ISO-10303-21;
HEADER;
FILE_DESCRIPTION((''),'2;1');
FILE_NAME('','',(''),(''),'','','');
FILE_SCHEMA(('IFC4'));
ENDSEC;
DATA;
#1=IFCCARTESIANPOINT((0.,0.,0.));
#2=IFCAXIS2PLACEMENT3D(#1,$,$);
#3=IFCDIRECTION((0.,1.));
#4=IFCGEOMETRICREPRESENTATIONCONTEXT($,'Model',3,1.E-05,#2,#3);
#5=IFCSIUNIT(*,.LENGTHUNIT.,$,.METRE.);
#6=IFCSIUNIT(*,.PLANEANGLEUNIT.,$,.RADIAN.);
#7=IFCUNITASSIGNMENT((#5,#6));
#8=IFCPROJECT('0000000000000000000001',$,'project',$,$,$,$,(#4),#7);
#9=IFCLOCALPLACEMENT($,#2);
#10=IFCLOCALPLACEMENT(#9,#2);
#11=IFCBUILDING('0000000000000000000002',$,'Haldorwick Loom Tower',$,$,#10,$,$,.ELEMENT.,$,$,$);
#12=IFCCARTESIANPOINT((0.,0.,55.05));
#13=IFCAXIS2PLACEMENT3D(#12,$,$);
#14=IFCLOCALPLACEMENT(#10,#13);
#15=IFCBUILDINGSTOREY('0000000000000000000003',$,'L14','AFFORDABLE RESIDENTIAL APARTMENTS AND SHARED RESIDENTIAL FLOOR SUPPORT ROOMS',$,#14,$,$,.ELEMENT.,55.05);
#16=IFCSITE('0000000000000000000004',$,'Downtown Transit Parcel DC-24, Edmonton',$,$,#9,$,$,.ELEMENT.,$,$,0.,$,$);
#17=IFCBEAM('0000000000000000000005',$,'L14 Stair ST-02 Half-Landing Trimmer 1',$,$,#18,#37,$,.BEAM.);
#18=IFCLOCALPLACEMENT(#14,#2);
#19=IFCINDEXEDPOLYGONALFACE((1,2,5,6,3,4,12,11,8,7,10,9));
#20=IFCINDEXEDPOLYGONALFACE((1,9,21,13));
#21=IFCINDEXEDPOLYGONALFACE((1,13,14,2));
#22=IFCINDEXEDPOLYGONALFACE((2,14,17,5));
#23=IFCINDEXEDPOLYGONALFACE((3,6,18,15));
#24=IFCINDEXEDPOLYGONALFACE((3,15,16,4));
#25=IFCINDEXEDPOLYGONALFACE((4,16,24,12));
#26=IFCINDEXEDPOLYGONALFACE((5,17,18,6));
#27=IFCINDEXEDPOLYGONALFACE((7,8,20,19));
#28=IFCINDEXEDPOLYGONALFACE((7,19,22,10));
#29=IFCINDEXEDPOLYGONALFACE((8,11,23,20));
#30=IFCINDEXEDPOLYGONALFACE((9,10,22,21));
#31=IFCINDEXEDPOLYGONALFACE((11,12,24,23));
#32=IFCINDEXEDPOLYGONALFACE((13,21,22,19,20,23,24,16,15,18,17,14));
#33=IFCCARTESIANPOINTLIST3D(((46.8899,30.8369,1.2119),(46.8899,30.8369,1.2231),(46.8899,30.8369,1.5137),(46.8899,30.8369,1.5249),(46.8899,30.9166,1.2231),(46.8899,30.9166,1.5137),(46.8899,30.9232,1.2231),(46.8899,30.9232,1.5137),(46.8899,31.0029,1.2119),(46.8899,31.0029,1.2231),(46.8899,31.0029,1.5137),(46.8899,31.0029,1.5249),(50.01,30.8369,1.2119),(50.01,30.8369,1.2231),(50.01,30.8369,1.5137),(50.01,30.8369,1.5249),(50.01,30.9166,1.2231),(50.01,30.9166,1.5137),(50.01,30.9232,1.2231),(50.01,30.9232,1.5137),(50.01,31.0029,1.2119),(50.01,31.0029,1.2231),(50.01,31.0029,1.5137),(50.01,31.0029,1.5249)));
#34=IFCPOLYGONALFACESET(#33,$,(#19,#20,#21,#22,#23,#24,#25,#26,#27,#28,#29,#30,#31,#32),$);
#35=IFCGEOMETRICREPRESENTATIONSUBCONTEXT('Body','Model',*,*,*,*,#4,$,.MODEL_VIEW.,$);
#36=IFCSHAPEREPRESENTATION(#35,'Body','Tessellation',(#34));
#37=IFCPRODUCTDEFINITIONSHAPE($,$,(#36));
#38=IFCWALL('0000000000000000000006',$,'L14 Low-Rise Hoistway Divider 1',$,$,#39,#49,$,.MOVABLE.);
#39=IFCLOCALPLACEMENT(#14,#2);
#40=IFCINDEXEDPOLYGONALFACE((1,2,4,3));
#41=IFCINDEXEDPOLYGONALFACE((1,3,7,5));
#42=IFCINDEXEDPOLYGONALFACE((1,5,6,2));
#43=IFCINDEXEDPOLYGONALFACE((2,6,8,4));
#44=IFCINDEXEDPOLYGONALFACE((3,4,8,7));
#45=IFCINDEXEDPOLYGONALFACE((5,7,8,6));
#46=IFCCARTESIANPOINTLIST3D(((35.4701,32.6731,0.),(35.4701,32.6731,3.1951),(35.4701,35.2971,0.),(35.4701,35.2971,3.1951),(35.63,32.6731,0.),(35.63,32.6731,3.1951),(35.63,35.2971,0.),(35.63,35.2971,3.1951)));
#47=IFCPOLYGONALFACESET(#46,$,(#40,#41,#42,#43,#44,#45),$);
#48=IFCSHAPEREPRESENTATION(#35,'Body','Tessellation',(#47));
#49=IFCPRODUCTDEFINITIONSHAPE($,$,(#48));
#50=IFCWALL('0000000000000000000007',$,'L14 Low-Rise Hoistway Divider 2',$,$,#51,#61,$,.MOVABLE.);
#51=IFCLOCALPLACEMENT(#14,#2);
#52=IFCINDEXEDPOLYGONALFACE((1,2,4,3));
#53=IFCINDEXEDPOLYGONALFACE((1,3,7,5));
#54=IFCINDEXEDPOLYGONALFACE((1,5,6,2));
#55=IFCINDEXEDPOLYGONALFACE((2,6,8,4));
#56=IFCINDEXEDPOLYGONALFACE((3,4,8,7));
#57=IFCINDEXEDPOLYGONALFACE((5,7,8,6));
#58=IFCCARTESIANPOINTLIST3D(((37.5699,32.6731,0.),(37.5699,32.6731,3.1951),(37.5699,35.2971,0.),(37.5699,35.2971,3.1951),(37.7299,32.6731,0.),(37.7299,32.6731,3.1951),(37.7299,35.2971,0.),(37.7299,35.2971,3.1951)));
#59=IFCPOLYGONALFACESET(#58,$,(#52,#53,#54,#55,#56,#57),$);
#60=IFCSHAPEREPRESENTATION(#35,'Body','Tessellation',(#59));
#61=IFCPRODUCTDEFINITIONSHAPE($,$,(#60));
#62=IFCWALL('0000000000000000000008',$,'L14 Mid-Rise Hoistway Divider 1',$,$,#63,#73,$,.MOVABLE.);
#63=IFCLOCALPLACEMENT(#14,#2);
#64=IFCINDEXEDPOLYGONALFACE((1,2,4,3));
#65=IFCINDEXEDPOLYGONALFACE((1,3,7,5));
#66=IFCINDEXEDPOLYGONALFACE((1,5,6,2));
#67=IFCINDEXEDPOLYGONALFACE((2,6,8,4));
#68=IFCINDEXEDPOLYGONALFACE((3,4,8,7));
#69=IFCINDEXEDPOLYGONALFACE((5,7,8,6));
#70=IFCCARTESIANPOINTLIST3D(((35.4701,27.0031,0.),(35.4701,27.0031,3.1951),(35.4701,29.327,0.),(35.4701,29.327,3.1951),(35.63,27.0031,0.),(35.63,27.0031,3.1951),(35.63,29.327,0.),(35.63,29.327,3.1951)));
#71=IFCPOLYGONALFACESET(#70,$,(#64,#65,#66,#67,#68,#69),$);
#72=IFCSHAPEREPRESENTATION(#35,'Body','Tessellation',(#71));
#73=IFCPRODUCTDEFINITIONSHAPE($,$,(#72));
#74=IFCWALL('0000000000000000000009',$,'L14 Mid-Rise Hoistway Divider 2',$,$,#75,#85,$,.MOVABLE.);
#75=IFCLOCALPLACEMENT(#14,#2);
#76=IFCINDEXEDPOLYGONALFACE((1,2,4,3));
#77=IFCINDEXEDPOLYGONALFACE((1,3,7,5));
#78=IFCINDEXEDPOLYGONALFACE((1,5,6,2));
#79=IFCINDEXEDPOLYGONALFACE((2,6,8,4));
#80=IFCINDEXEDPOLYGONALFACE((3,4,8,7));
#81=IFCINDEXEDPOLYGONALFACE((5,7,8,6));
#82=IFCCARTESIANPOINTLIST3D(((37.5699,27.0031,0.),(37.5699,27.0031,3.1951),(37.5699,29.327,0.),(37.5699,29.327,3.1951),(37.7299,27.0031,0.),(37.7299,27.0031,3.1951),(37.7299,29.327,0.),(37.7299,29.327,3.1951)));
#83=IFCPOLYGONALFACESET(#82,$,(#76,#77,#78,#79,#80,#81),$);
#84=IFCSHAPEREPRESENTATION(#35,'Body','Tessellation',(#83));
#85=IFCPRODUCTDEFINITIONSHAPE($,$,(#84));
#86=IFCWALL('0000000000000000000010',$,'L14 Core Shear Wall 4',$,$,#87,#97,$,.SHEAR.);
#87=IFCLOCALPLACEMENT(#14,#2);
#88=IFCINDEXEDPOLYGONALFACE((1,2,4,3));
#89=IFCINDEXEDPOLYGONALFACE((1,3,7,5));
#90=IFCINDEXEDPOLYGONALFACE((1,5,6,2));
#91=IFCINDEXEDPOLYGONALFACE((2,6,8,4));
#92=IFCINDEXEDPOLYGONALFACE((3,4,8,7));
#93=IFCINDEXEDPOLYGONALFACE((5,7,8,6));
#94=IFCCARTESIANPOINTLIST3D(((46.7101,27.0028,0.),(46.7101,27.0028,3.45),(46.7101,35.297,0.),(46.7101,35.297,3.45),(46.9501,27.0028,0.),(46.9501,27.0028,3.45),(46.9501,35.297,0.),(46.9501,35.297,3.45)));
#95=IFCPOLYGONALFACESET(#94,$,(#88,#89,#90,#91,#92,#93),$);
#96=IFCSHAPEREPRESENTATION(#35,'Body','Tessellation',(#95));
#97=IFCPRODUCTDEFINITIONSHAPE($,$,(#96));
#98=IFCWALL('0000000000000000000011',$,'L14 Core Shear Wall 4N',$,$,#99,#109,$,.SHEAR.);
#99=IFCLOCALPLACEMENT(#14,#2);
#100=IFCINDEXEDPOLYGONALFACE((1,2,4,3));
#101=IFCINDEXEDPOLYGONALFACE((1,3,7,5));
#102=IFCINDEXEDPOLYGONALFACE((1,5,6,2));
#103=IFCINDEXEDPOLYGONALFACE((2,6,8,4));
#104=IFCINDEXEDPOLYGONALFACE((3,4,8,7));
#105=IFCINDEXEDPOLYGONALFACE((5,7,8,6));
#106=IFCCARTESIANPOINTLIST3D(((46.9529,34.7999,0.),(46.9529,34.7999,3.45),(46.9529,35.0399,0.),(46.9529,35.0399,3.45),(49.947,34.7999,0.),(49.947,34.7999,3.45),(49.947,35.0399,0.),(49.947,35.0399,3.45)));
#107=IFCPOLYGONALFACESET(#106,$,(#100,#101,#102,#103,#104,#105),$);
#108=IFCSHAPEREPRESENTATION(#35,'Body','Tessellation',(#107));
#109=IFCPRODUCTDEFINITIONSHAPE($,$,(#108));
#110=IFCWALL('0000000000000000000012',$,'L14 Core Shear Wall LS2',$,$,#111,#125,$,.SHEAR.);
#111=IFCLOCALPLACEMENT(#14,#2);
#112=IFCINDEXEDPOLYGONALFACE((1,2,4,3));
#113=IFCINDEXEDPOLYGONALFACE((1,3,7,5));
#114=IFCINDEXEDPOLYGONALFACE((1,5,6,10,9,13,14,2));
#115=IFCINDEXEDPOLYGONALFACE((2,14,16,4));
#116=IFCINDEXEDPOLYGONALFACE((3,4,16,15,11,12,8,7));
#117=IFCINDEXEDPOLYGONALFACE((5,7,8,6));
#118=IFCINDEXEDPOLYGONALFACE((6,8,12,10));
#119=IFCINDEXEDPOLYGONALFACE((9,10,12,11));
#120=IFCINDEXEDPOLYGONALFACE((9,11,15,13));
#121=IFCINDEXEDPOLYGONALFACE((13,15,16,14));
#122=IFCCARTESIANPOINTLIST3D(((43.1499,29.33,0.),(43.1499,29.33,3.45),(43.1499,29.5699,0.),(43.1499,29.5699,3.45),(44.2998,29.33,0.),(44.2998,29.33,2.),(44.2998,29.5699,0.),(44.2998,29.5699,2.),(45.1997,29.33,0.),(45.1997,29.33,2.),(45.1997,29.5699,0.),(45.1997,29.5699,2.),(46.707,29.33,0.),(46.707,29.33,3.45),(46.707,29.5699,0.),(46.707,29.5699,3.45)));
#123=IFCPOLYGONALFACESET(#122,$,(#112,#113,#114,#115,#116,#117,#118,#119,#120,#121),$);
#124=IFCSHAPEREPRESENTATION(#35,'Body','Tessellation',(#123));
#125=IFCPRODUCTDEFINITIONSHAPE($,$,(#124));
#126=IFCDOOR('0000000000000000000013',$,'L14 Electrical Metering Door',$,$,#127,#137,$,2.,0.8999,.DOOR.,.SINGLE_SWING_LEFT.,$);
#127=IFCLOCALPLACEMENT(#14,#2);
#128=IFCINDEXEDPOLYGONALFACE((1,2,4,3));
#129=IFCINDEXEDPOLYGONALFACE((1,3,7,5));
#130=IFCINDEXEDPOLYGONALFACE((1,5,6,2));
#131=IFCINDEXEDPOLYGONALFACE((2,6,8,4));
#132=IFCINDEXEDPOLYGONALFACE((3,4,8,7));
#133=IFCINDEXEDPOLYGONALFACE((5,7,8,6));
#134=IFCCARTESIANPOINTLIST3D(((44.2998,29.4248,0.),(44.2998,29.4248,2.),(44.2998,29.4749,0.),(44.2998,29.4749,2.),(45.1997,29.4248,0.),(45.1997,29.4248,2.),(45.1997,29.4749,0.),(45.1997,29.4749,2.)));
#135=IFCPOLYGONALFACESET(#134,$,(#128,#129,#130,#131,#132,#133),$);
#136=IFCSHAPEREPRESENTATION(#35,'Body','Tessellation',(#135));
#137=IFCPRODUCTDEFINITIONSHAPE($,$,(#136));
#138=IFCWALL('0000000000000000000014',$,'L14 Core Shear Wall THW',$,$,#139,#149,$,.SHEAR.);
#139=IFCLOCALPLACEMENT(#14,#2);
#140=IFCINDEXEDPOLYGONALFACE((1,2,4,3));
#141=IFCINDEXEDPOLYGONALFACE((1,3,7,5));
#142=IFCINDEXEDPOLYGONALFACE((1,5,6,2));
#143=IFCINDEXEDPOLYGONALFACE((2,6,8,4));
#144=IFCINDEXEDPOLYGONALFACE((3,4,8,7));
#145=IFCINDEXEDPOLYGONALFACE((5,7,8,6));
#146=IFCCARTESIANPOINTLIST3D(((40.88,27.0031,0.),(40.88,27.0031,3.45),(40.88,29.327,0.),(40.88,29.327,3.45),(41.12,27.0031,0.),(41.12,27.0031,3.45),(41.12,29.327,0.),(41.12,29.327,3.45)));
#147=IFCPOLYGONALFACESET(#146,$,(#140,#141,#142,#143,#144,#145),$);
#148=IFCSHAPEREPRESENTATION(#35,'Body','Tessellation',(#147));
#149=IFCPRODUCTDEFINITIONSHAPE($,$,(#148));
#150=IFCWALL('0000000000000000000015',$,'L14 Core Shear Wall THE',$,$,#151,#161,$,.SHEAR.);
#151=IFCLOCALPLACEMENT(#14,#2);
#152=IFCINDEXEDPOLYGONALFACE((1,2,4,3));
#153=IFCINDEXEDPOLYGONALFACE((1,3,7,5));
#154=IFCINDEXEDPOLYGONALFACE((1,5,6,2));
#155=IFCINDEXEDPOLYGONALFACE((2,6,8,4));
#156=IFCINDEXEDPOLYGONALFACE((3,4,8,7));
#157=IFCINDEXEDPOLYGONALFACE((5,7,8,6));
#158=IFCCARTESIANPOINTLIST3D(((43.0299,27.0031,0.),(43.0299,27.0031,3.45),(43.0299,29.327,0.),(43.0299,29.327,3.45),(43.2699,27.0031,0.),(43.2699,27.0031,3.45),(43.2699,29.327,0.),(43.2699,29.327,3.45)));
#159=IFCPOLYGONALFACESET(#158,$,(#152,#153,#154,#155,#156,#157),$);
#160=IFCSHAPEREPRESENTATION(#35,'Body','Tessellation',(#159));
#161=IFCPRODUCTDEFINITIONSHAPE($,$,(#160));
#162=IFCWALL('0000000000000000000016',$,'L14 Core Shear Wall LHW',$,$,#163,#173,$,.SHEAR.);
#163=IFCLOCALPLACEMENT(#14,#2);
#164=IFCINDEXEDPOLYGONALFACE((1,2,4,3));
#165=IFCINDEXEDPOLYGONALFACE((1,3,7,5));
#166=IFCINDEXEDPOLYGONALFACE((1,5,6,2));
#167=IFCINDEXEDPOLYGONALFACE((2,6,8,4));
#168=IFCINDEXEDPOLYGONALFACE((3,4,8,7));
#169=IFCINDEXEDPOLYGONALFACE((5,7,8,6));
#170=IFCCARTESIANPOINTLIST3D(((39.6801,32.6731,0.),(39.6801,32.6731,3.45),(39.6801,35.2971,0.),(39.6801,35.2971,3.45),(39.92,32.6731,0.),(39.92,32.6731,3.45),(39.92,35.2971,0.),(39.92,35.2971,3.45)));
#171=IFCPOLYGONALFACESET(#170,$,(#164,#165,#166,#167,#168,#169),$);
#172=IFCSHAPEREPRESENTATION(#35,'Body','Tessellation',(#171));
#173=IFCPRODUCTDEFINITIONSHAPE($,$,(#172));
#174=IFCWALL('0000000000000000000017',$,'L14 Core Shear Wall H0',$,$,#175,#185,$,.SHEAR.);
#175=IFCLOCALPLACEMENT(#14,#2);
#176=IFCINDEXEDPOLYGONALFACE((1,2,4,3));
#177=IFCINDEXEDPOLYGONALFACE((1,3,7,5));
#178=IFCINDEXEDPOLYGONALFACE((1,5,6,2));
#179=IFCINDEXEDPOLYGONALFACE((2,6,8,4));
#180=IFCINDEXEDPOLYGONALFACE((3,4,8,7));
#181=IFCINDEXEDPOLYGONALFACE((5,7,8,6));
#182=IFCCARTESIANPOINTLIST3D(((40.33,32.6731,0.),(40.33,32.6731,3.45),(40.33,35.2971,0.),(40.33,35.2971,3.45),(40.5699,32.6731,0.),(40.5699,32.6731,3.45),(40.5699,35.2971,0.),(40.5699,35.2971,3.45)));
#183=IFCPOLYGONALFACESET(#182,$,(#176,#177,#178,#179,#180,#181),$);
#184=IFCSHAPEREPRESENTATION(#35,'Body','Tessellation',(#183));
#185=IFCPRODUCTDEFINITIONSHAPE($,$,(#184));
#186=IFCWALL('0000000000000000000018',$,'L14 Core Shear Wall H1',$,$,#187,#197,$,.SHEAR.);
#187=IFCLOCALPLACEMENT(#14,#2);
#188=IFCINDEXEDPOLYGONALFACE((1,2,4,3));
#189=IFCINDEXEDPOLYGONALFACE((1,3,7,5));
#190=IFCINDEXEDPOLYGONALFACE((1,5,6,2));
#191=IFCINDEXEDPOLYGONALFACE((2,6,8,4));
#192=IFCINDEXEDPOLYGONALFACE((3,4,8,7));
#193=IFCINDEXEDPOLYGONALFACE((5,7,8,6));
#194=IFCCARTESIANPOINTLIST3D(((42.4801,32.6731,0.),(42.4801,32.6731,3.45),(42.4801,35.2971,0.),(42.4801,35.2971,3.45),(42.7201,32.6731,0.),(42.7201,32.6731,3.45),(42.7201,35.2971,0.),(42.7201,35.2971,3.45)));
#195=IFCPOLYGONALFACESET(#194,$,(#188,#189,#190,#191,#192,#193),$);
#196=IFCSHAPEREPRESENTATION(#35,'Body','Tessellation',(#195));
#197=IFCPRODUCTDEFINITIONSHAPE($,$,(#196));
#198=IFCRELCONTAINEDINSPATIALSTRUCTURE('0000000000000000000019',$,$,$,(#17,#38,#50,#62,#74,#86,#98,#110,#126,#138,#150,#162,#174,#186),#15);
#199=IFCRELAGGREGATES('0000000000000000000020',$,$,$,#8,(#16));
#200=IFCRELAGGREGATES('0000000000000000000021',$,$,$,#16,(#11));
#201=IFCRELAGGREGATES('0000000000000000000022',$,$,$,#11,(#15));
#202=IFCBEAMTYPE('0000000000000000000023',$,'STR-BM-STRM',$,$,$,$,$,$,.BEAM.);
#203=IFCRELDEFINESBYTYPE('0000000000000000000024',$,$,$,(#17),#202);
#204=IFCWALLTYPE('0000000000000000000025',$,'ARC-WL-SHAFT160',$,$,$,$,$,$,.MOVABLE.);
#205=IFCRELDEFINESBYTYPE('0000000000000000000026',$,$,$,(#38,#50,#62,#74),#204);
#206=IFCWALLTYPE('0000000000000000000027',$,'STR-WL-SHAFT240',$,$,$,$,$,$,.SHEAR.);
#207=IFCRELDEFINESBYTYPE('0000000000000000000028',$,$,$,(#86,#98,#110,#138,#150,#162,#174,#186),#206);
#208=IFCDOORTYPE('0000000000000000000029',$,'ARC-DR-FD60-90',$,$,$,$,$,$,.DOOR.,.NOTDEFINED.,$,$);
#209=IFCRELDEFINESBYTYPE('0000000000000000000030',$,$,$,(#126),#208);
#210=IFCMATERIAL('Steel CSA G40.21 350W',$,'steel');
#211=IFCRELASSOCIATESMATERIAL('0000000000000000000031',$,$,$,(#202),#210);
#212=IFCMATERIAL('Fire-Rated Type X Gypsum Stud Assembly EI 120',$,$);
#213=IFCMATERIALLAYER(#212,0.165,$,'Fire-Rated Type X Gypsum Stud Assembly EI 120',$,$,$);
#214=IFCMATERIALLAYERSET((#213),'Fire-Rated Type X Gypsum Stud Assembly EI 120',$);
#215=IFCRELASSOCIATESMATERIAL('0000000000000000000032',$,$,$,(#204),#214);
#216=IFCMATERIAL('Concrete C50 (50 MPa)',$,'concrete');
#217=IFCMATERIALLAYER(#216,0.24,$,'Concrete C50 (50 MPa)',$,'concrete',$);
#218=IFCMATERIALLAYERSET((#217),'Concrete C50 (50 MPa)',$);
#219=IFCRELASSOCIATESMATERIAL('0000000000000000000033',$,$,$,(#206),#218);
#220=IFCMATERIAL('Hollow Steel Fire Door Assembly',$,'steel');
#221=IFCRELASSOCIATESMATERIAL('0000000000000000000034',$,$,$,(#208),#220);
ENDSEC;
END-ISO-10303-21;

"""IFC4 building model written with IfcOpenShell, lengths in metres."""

from ifc_helpers import new_model, si_unit, direction, frame, frame_2d, origin, origin_2d, place, context, subcontext, project, spatial, rectangle, i_section, extrude, material, layer, layer_set, material_profile, profile_set, type_object, element, fill, save


model = new_model("IFC4")

# Units and contexts
model_context = context("Model", 3, precision=1e-05, world=origin(), true_north=direction((0.0, 1.0)))
body_context = subcontext(model_context, "Body", "Model", "MODEL_VIEW")
ifc_project = project(units=[si_unit("LENGTHUNIT", "METRE"), si_unit("PLANEANGLEUNIT", "RADIAN")], contexts=[model_context])

# Site, building, storey
site_placement = place(None, origin())
site = spatial("IfcSite", under=ifc_project, at=site_placement, Name="Downtown Transit Parcel DC-24, Edmonton", CompositionType="ELEMENT", RefElevation=0.0)
building_placement = place(site_placement, origin())
building = spatial("IfcBuilding", under=site, at=building_placement, Name="Haldorwick Loom Tower", CompositionType="ELEMENT")
storey_placement = place(building_placement, frame((0.0, 0.0, 55.05)))
storey = spatial("IfcBuildingStorey", under=building, at=storey_placement, Name="L14", Description="AFFORDABLE RESIDENTIAL APARTMENTS AND SHARED RESIDENTIAL FLOOR SUPPORT ROOMS", CompositionType="ELEMENT", Elevation=55.05)

# Beam
ifc_material_1 = material(Name="Steel CSA G40.21 350W", Category="steel")
ifc_material_profile_1 = material_profile(ifc_material_1, i_section(OverallWidth=0.166, OverallDepth=0.313, WebThickness=0.0066, FlangeThickness=0.0112, at=origin_2d()), Name="W310X45", Category="steel")
ifc_profile_set_1 = profile_set([ifc_material_profile_1], Name="Steel CSA G40.21 350W")
beam_type_1 = type_object("IfcBeamType", Name="STR-BM-STRM", PredefinedType="BEAM", material=ifc_profile_set_1)
for number, where, z_axis, x_axis, name in (
    (1, (46.8899, 30.9199, 1.3684), (1.0, 0.0, 0.0), (0.0, 1.0, 0.0), "L14 Stair ST-02 Half-Landing Trimmer 1"),
):
    element("IfcBeam", number, at=place(storey_placement, frame(where, z_axis=z_axis, x_axis=x_axis)), inside=storey, type_object=beam_type_1, Name=name, PredefinedType="BEAM", context=body_context, shape_type="SweptSolid", body=[
        extrude(i_section(OverallWidth=0.166, OverallDepth=0.313, WebThickness=0.0066, FlangeThickness=0.0112, at=origin_2d()), origin(), (0.0, 0.0, 1.0), 3.1201),
    ])

# Walls
ifc_material_2 = material(Name="Fire-Rated Type X Gypsum Stud Assembly EI 120")
ifc_layer_1 = layer(ifc_material_2, 0.165, Name="Fire-Rated Type X Gypsum Stud Assembly EI 120")
ifc_layer_set_1 = layer_set([ifc_layer_1], Name="Fire-Rated Type X Gypsum Stud Assembly EI 120")
wall_type_1 = type_object("IfcWallType", Name="ARC-WL-SHAFT160", PredefinedType="MOVABLE", material=ifc_layer_set_1)
for number, where, z_axis, x_axis, name in (
    (2, (35.55, 32.6731, 0.0), (0.0, 0.0, 1.0), (0.0, 1.0, 0.0), "L14 Low-Rise Hoistway Divider 1"),
    (3, (37.6499, 32.6731, 0.0), (0.0, 0.0, 1.0), (0.0, 1.0, 0.0), "L14 Low-Rise Hoistway Divider 2"),
):
    element("IfcWall", number, at=place(storey_placement, frame(where, z_axis=z_axis, x_axis=x_axis)), inside=storey, type_object=wall_type_1, Name=name, PredefinedType="MOVABLE", context=body_context, shape_type="SweptSolid", body=[
        extrude(rectangle(XDim=2.624, YDim=0.1599, at=frame_2d((1.312, 0.0))), origin(), (0.0, 0.0, 1.0), 3.1951),
    ])
for number, where, z_axis, x_axis, name in (
    (4, (35.55, 27.0029, 0.0), (0.0, 0.0, 1.0), (0.0, 1.0, 0.0), "L14 Mid-Rise Hoistway Divider 1"),
    (5, (37.6499, 27.0029, 0.0), (0.0, 0.0, 1.0), (0.0, 1.0, 0.0), "L14 Mid-Rise Hoistway Divider 2"),
):
    element("IfcWall", number, at=place(storey_placement, frame(where, z_axis=z_axis, x_axis=x_axis)), inside=storey, type_object=wall_type_1, Name=name, PredefinedType="MOVABLE", context=body_context, shape_type="SweptSolid", body=[
        extrude(rectangle(XDim=2.324, YDim=0.1599, at=frame_2d((1.1621, 0.0))), origin(), (0.0, 0.0, 1.0), 3.1951),
    ])
ifc_material_3 = material(Name="Concrete C50 (50 MPa)", Category="concrete")
ifc_layer_2 = layer(ifc_material_3, 0.24, Name="Concrete C50 (50 MPa)", Category="concrete")
ifc_layer_set_2 = layer_set([ifc_layer_2], Name="Concrete C50 (50 MPa)")
wall_type_2 = type_object("IfcWallType", Name="STR-WL-SHAFT240", PredefinedType="SHEAR", material=ifc_layer_set_2)
wall_1_placement = place(storey_placement, frame((46.8301, 27.0029, 0.0), z_axis=(0.0, 0.0, 1.0), x_axis=(0.0, 1.0, 0.0)))
element("IfcWall", 6, at=wall_1_placement, inside=storey, type_object=wall_type_2, Name="L14 Core Shear Wall 4", PredefinedType="SHEAR", context=body_context, shape_type="SweptSolid", body=[
    extrude(rectangle(XDim=8.2942, YDim=0.24, at=frame_2d((4.147, 0.0))), origin(), (0.0, 0.0, 1.0), 3.45),
])
wall_2_placement = place(storey_placement, frame((46.9529, 34.9199, 0.0), z_axis=(0.0, 0.0, 1.0), x_axis=(1.0, 0.0, 0.0)))
element("IfcWall", 7, at=wall_2_placement, inside=storey, type_object=wall_type_2, Name="L14 Core Shear Wall 4N", PredefinedType="SHEAR", context=body_context, shape_type="SweptSolid", body=[
    extrude(rectangle(XDim=2.9941, YDim=0.24, at=frame_2d((1.4971, 0.0))), origin(), (0.0, 0.0, 1.0), 3.45),
])

# Wall, opening, door
wall_3_placement = place(storey_placement, frame((43.1499, 29.45, 0.0), z_axis=(0.0, 0.0, 1.0), x_axis=(1.0, 0.0, 0.0)))
wall_3 = element("IfcWall", 8, at=wall_3_placement, inside=storey, type_object=wall_type_2, Name="L14 Core Shear Wall LS2", PredefinedType="SHEAR", context=body_context, shape_type="SweptSolid", body=[
    extrude(rectangle(XDim=3.5571, YDim=0.24, at=frame_2d((1.7786, 0.0))), origin(), (0.0, 0.0, 1.0), 3.45),
])
opening_placement = place(wall_3_placement, frame((1.1499, 0.0, 0.0)))
opening = element("IfcOpeningElement", 9, at=opening_placement, cuts=wall_3, PredefinedType="OPENING", context=body_context, shape_type="SweptSolid", body=[
    extrude(rectangle(XDim=0.8999, YDim=2.0, at=frame_2d((0.45, 1.0))), frame((0.0, 0.1299, 0.0), z_axis=(0.0, -1.0, 0.0), x_axis=(1.0, 0.0, 0.0)), (0.0, 0.0, 1.0), 0.26),
])
ifc_material_4 = material(Name="Hollow Steel Fire Door Assembly", Category="steel")
door_type = type_object("IfcDoorType", Name="ARC-DR-FD60-90", OperationType="NOTDEFINED", PredefinedType="DOOR", material=ifc_material_4)
door_placement = place(opening_placement, origin())
door = element("IfcDoor", 10, at=door_placement, inside=storey, type_object=door_type, Name="L14 Electrical Metering Door", OperationType="SINGLE_SWING_LEFT", OverallHeight=2.0, OverallWidth=0.8999, PredefinedType="DOOR", context=body_context, shape_type="SweptSolid", body=[
    extrude(rectangle(XDim=0.8999, YDim=2.0, at=frame_2d((0.45, 1.0))), frame((0.0, 0.0249, 0.0), z_axis=(0.0, -1.0, 0.0), x_axis=(1.0, 0.0, 0.0)), (0.0, 0.0, 1.0), 0.05),
])
fill(opening, door)

# Walls
for number, where, z_axis, x_axis, name in (
    (11, (41.0, 27.0029, 0.0), (0.0, 0.0, 1.0), (0.0, 1.0, 0.0), "L14 Core Shear Wall THW"),
    (12, (43.1499, 27.0029, 0.0), (0.0, 0.0, 1.0), (0.0, 1.0, 0.0), "L14 Core Shear Wall THE"),
):
    element("IfcWall", number, at=place(storey_placement, frame(where, z_axis=z_axis, x_axis=x_axis)), inside=storey, type_object=wall_type_2, Name=name, PredefinedType="SHEAR", context=body_context, shape_type="SweptSolid", body=[
        extrude(rectangle(XDim=2.324, YDim=0.24, at=frame_2d((1.1621, 0.0))), origin(), (0.0, 0.0, 1.0), 3.45),
    ])
for number, where, z_axis, x_axis, name in (
    (13, (39.8, 32.6731, 0.0), (0.0, 0.0, 1.0), (0.0, 1.0, 0.0), "L14 Core Shear Wall LHW"),
    (14, (40.45, 32.6731, 0.0), (0.0, 0.0, 1.0), (0.0, 1.0, 0.0), "L14 Core Shear Wall H0"),
    (15, (42.6001, 32.6731, 0.0), (0.0, 0.0, 1.0), (0.0, 1.0, 0.0), "L14 Core Shear Wall H1"),
):
    element("IfcWall", number, at=place(storey_placement, frame(where, z_axis=z_axis, x_axis=x_axis)), inside=storey, type_object=wall_type_2, Name=name, PredefinedType="SHEAR", context=body_context, shape_type="SweptSolid", body=[
        extrude(rectangle(XDim=2.624, YDim=0.24, at=frame_2d((1.312, 0.0))), origin(), (0.0, 0.0, 1.0), 3.45),
    ])

save(model, "model.ifc")
